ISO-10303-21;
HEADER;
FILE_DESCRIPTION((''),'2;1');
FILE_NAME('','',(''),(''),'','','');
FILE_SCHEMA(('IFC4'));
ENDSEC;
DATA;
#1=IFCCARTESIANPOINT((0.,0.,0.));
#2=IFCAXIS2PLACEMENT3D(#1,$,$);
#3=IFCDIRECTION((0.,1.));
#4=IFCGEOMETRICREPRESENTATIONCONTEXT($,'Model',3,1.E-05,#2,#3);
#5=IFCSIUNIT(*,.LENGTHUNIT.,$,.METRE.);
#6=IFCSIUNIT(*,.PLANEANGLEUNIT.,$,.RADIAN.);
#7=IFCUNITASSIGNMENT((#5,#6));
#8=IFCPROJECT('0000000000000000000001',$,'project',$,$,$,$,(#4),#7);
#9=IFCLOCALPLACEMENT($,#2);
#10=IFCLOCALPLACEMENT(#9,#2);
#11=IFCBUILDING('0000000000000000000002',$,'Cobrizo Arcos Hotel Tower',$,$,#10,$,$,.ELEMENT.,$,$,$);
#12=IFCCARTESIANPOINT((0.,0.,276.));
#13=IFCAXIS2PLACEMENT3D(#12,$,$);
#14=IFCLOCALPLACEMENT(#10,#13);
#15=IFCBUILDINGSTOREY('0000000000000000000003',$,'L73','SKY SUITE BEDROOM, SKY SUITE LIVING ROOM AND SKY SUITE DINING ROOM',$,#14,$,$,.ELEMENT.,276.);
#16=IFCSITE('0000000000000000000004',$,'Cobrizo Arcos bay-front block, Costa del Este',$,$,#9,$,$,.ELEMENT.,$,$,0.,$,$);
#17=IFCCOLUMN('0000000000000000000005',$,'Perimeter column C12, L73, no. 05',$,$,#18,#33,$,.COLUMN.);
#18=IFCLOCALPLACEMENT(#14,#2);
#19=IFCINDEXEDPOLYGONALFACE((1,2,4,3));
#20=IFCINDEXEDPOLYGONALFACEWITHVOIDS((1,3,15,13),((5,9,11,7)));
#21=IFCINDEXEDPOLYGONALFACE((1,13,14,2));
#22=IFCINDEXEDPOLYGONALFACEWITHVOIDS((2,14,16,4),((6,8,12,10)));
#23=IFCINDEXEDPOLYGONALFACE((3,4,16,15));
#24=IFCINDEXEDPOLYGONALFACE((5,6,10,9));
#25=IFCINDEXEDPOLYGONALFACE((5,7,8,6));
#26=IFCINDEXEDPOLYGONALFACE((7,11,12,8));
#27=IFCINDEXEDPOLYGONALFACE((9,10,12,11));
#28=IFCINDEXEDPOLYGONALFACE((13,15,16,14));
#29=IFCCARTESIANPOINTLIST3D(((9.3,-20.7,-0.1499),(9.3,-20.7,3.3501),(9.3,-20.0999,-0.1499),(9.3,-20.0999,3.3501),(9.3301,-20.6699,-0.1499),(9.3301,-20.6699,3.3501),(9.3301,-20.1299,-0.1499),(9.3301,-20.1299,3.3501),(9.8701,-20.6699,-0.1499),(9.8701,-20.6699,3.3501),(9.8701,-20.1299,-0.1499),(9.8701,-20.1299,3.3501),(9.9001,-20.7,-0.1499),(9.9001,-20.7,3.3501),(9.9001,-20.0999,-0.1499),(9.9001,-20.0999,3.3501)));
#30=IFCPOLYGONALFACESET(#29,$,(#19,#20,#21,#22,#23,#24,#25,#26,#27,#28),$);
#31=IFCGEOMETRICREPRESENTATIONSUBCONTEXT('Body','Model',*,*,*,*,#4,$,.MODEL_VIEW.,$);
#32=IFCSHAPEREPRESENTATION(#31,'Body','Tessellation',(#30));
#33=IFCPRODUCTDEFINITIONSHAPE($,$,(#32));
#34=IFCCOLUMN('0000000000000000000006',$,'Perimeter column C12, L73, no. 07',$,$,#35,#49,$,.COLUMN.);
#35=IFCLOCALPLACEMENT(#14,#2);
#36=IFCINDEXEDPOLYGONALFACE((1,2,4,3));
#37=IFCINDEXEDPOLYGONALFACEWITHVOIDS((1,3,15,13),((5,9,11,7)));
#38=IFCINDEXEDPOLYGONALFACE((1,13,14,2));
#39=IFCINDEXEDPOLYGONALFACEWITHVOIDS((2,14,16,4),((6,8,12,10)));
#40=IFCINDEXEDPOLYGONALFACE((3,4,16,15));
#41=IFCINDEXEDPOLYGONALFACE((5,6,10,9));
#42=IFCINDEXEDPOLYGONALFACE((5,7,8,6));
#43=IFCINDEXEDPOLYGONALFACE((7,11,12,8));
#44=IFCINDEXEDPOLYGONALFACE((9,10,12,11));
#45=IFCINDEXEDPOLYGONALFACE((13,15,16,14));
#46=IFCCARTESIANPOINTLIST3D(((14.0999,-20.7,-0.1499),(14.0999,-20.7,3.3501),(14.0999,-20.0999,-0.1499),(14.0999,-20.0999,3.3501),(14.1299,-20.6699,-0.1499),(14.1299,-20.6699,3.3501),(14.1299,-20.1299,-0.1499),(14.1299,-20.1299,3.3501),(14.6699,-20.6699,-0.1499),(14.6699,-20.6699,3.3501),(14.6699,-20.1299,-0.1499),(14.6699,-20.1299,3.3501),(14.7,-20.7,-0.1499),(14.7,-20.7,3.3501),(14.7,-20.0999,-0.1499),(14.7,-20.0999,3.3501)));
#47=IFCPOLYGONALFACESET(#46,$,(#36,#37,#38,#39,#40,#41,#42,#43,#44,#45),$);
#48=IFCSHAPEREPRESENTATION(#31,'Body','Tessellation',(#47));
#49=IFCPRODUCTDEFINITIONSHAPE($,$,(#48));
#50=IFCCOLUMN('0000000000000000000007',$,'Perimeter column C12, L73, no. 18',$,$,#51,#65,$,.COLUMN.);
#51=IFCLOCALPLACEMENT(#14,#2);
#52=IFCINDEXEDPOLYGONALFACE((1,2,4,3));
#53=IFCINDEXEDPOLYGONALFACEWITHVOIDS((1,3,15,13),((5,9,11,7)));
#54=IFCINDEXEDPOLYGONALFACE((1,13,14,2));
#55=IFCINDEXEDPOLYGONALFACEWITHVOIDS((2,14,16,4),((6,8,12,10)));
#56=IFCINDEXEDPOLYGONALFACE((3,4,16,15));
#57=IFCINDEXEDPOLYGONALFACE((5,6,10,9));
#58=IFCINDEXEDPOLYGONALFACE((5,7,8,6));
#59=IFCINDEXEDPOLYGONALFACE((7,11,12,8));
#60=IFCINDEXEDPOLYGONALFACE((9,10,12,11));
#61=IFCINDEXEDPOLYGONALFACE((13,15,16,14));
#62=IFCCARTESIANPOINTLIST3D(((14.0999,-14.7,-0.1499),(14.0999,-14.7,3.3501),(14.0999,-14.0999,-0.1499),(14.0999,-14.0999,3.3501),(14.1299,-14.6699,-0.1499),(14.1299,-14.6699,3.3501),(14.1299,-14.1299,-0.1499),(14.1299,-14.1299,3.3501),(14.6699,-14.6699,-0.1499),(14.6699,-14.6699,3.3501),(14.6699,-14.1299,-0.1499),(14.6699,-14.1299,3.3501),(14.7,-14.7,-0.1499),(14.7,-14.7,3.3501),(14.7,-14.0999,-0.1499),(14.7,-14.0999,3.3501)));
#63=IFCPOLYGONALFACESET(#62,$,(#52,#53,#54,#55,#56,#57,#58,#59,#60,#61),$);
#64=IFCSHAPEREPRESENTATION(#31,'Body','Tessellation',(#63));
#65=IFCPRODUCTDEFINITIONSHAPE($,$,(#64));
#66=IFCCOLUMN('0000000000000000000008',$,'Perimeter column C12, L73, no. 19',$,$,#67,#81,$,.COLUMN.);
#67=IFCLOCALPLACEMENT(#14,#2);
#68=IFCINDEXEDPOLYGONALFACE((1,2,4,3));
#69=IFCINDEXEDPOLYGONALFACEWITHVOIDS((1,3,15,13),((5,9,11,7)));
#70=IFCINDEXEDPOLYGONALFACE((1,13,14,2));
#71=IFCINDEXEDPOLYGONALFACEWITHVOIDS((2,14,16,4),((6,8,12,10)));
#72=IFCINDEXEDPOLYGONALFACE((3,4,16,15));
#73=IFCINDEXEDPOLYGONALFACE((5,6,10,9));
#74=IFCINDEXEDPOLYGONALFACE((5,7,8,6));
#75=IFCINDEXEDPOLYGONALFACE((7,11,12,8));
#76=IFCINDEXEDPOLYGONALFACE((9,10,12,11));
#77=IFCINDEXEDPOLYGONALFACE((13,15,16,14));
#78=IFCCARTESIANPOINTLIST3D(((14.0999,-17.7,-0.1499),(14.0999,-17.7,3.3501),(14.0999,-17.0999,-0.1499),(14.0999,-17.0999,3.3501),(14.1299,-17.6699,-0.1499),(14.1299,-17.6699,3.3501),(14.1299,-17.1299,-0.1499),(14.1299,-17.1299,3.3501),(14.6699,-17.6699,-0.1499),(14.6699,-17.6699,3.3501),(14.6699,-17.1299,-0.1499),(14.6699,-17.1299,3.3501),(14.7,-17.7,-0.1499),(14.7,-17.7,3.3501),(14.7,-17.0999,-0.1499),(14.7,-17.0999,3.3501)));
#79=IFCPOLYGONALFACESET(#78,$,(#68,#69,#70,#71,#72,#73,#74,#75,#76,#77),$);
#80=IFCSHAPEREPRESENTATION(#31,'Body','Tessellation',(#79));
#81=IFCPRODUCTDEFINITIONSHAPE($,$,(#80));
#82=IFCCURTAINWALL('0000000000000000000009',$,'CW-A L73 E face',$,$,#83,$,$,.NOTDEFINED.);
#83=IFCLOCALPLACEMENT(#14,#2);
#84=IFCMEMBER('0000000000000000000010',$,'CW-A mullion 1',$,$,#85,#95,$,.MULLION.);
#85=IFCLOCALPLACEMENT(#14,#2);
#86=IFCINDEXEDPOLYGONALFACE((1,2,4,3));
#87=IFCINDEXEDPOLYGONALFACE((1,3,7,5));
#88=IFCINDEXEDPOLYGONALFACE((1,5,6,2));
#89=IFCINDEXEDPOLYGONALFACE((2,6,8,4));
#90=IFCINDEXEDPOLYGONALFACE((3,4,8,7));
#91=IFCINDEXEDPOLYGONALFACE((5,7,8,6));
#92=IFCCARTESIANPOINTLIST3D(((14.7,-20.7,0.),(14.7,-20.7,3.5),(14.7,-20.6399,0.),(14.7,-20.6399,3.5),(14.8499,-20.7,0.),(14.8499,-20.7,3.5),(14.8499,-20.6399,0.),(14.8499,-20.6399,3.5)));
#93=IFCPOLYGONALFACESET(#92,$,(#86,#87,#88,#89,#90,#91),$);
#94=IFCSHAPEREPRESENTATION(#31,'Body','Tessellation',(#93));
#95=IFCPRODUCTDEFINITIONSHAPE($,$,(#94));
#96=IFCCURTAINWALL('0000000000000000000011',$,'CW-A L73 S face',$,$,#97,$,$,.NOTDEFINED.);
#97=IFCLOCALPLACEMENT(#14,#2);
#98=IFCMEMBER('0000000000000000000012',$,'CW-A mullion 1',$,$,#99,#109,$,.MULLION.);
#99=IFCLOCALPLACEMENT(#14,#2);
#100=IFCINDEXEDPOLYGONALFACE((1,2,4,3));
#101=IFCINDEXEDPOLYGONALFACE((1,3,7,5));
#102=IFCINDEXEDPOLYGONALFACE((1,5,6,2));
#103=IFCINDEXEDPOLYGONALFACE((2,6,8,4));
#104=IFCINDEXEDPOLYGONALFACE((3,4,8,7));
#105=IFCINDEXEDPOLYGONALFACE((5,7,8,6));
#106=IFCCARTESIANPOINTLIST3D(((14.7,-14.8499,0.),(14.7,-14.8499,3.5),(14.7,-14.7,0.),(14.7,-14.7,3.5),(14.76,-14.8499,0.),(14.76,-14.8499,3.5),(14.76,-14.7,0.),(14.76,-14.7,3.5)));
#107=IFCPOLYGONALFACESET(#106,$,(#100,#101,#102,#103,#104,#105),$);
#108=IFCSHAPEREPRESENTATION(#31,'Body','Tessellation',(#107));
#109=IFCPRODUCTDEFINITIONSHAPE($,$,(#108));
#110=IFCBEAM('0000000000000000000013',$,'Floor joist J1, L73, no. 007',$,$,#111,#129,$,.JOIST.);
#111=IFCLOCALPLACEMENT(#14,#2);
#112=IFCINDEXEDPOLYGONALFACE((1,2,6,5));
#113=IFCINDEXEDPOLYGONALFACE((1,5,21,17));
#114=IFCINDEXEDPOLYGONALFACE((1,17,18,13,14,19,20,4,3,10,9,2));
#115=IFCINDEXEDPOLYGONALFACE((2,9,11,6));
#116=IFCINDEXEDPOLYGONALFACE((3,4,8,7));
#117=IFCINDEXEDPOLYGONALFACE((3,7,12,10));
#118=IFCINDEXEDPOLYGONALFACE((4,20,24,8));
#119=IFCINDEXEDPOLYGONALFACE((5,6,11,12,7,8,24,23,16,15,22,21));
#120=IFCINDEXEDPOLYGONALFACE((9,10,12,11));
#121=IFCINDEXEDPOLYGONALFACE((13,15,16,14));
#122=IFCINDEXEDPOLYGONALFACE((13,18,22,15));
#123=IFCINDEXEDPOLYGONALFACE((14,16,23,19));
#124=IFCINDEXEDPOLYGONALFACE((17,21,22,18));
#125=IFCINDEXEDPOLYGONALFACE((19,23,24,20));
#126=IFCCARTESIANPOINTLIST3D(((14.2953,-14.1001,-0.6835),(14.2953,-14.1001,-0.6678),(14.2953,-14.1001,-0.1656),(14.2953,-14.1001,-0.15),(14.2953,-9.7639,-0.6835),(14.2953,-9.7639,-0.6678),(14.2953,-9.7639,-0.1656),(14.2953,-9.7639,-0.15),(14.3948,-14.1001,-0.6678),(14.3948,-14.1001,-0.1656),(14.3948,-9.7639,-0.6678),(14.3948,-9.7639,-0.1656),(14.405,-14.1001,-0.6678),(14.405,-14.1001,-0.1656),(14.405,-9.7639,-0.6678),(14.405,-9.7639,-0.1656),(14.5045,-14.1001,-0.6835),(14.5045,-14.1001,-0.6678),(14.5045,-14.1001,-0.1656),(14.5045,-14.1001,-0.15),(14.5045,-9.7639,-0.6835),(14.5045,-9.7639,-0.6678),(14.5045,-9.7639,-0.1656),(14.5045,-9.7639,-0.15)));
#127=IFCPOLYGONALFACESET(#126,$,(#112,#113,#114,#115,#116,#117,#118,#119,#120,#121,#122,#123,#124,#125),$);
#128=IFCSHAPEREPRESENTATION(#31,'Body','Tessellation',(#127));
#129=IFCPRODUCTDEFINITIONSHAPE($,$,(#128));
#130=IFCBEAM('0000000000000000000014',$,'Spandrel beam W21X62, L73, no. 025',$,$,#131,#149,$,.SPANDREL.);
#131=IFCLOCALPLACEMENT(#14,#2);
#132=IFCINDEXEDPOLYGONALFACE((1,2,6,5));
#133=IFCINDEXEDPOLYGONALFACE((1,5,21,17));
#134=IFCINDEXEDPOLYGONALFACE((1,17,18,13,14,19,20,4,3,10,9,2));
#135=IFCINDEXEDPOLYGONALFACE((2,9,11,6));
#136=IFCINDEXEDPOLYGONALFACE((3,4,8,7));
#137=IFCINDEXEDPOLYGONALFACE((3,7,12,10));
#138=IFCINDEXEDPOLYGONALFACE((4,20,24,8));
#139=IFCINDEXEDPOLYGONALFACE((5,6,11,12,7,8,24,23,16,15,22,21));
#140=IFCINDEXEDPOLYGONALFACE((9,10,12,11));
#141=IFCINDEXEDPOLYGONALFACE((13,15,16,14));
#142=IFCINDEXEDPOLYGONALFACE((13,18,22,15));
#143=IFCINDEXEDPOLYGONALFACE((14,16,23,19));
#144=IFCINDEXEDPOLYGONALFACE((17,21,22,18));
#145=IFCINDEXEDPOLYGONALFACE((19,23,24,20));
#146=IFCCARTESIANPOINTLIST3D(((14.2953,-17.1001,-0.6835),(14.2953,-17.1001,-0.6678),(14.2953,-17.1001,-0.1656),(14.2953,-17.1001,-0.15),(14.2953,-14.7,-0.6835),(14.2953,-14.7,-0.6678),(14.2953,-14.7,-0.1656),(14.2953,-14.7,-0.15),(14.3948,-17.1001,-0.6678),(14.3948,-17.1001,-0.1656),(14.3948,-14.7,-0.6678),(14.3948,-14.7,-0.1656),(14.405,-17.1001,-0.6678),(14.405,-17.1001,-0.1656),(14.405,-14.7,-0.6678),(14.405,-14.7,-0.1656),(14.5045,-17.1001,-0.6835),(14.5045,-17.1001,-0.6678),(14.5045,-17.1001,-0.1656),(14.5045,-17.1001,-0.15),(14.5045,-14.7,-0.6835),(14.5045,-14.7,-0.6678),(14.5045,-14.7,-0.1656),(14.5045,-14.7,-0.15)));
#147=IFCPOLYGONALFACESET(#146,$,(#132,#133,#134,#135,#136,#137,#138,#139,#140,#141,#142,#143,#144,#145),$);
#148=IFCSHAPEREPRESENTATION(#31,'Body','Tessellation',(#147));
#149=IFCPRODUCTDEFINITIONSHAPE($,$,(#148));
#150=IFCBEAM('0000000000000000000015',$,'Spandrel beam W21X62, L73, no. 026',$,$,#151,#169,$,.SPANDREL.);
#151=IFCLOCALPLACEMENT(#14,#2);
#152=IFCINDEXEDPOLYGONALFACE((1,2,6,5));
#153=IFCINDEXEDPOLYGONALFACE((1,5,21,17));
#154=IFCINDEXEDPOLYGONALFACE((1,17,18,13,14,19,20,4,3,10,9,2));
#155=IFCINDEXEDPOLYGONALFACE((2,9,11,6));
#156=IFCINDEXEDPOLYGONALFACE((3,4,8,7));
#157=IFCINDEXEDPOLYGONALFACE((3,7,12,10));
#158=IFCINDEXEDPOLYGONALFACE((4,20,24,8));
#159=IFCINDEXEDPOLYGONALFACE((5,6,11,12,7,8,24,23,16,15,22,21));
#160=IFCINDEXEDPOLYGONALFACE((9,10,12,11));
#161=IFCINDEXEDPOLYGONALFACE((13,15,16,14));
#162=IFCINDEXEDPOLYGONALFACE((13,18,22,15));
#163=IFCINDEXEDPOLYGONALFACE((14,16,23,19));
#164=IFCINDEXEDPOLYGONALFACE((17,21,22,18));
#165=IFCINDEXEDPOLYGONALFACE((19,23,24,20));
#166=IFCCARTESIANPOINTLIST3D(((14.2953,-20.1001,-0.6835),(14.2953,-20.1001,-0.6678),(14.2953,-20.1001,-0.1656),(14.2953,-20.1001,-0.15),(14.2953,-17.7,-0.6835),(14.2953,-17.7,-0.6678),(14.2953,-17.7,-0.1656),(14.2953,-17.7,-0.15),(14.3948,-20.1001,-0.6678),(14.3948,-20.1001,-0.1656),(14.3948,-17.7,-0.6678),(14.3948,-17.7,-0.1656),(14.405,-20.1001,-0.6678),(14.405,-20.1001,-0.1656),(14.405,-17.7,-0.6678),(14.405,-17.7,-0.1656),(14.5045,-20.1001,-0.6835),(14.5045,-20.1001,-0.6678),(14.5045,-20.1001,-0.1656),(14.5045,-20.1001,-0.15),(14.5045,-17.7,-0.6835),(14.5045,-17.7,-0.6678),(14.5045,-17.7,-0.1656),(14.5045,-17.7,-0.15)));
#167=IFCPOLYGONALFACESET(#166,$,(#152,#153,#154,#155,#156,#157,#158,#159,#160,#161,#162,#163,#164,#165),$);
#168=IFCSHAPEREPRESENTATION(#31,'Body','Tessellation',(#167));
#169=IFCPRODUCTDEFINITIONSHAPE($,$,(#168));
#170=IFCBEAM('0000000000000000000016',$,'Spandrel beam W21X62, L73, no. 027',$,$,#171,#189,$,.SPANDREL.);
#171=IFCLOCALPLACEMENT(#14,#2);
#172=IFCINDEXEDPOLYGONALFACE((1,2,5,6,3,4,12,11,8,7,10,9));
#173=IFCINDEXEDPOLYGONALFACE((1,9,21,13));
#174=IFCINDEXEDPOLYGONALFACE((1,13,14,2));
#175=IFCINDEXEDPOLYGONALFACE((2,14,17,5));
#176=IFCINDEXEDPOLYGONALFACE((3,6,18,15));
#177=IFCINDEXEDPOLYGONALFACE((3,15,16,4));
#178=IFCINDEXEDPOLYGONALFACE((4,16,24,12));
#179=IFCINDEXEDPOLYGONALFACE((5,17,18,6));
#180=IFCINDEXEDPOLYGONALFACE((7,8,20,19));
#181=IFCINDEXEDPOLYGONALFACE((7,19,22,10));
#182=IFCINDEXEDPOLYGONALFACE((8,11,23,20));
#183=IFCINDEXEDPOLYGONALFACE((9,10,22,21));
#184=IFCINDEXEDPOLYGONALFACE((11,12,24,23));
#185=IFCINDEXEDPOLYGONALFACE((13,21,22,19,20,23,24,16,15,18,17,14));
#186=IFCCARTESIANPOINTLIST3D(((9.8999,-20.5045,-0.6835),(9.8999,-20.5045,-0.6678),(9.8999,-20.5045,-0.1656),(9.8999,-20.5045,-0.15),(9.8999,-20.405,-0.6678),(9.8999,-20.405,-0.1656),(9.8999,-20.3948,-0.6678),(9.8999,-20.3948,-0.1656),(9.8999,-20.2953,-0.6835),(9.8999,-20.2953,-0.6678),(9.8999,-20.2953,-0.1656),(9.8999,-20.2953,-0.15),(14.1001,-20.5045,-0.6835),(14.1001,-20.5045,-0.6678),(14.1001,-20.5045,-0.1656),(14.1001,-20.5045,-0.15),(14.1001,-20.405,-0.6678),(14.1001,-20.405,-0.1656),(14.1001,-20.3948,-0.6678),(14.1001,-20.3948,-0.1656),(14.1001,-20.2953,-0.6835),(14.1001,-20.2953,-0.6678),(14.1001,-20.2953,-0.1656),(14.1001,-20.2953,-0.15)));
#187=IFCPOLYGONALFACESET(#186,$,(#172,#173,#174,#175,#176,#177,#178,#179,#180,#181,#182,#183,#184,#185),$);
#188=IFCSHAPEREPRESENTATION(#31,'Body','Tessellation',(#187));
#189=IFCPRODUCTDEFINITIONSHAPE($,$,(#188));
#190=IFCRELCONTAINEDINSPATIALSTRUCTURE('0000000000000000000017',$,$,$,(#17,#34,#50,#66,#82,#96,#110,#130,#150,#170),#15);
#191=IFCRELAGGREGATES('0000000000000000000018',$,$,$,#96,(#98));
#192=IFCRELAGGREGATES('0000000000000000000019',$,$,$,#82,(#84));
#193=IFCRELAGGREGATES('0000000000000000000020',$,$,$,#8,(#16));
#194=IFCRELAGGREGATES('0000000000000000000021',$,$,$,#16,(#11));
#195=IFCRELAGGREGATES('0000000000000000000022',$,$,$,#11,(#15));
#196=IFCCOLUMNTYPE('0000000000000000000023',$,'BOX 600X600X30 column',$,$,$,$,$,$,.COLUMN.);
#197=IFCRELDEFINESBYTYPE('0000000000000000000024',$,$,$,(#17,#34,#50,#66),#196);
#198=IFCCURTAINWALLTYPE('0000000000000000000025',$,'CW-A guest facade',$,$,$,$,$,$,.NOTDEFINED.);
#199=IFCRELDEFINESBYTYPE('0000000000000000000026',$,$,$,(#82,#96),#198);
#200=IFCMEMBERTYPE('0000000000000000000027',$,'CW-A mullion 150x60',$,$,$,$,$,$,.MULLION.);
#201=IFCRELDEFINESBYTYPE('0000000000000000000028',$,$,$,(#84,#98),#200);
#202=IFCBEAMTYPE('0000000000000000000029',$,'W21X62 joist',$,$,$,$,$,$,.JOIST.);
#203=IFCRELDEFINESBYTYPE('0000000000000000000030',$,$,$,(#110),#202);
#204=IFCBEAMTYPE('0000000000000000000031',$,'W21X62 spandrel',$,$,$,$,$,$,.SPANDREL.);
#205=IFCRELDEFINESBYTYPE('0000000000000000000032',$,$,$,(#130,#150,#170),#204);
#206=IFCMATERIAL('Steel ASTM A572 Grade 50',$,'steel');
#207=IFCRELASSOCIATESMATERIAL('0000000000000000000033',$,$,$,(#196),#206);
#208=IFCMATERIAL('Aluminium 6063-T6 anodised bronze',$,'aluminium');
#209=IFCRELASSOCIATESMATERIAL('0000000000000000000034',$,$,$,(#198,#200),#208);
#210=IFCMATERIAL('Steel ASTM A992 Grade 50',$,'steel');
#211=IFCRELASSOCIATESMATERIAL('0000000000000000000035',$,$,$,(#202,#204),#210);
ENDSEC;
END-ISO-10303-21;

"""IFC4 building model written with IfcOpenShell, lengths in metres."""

from ifc_helpers import new_model, si_unit, direction, frame, origin, origin_2d, place, context, subcontext, project, spatial, rectangle, hollow_rectangle, i_section, extrude, material, material_profile, profile_set, type_object, element, aggregate, save


model = new_model("IFC4")

# Units and contexts
model_context = context("Model", 3, precision=1e-05, world=origin(), true_north=direction((0.0, 1.0)))
body_context = subcontext(model_context, "Body", "Model", "MODEL_VIEW")
ifc_project = project(units=[si_unit("LENGTHUNIT", "METRE"), si_unit("PLANEANGLEUNIT", "RADIAN")], contexts=[model_context])

# Site, building, storey
site_placement = place(None, origin())
site = spatial("IfcSite", under=ifc_project, at=site_placement, Name="Cobrizo Arcos bay-front block, Costa del Este", CompositionType="ELEMENT", RefElevation=0.0)
building_placement = place(site_placement, origin())
building = spatial("IfcBuilding", under=site, at=building_placement, Name="Cobrizo Arcos Hotel Tower", CompositionType="ELEMENT")
storey_placement = place(building_placement, frame((0.0, 0.0, 276.0)))
storey = spatial("IfcBuildingStorey", under=building, at=storey_placement, Name="L73", Description="SKY SUITE BEDROOM, SKY SUITE LIVING ROOM AND SKY SUITE DINING ROOM", CompositionType="ELEMENT", Elevation=276.0)

# Columns
ifc_material_1 = material(Name="Steel ASTM A572 Grade 50", Category="steel")
ifc_material_profile_1 = material_profile(ifc_material_1, hollow_rectangle(XDim=0.6001, YDim=0.6001, WallThickness=0.03, at=origin_2d()), Name="BOX 600X600X30")
ifc_profile_set_1 = profile_set([ifc_material_profile_1], Name="Steel ASTM A572 Grade 50")
column_type = type_object("IfcColumnType", Name="BOX 600X600X30 column", PredefinedType="COLUMN", material=ifc_profile_set_1)
for number, where, z_axis, x_axis, name in (
    (1, (9.6001, -20.3999, -0.1499), (0.0, 0.0, 1.0), (1.0, 0.0, 0.0), "Perimeter column C12, L73, no. 05"),
    (2, (14.3999, -20.3999, -0.1499), (0.0, 0.0, 1.0), (1.0, 0.0, 0.0), "Perimeter column C12, L73, no. 07"),
    (3, (14.3999, -14.3999, -0.1499), (0.0, 0.0, 1.0), (1.0, 0.0, 0.0), "Perimeter column C12, L73, no. 18"),
    (4, (14.3999, -17.3999, -0.1499), (0.0, 0.0, 1.0), (1.0, 0.0, 0.0), "Perimeter column C12, L73, no. 19"),
):
    element("IfcColumn", number, at=place(storey_placement, frame(where, z_axis=z_axis, x_axis=x_axis)), inside=storey, type_object=column_type, Name=name, PredefinedType="COLUMN", context=body_context, shape_type="SweptSolid", body=[
        extrude(hollow_rectangle(XDim=0.6001, YDim=0.6001, WallThickness=0.03, at=origin_2d()), origin(), (0.0, 0.0, 1.0), 3.5),
    ])

# Curtain walls, members
ifc_material_2 = material(Name="Aluminium 6063-T6 anodised bronze", Category="aluminium")
curtain_wall_type = type_object("IfcCurtainWallType", Name="CW-A guest facade", PredefinedType="NOTDEFINED", material=ifc_material_2)
curtain_wall_1_placement = place(storey_placement, origin())
curtain_wall_1 = element("IfcCurtainWall", 5, at=curtain_wall_1_placement, inside=storey, type_object=curtain_wall_type, Name="CW-A L73 E face", PredefinedType="NOTDEFINED")
ifc_material_profile_2 = material_profile(ifc_material_2, rectangle(XDim=0.1499, YDim=0.0601, at=origin_2d()), Name="CW-A mullion 150x60")
ifc_profile_set_2 = profile_set([ifc_material_profile_2], Name="Aluminium 6063-T6 anodised bronze")
member_type = type_object("IfcMemberType", Name="CW-A mullion 150x60", PredefinedType="MULLION", material=ifc_profile_set_2)
member_1_placement = place(storey_placement, frame((14.7749, -20.6699, 0.0), z_axis=(0.0, 0.0, 1.0), x_axis=(1.0, 0.0, 0.0)))
member_1 = element("IfcMember", 6, at=member_1_placement, type_object=member_type, Name="CW-A mullion 1", PredefinedType="MULLION", context=body_context, shape_type="SweptSolid", body=[
    extrude(rectangle(XDim=0.1499, YDim=0.0601, at=origin_2d()), origin(), (0.0, 0.0, 1.0), 3.5),
])
curtain_wall_2_placement = place(storey_placement, origin())
curtain_wall_2 = element("IfcCurtainWall", 7, at=curtain_wall_2_placement, inside=storey, type_object=curtain_wall_type, Name="CW-A L73 S face", PredefinedType="NOTDEFINED")
member_2_placement = place(storey_placement, frame((14.73, -14.7749, 0.0), z_axis=(0.0, 0.0, 1.0), x_axis=(0.0, -1.0, 0.0)))
member_2 = element("IfcMember", 8, at=member_2_placement, type_object=member_type, Name="CW-A mullion 1", PredefinedType="MULLION", context=body_context, shape_type="SweptSolid", body=[
    extrude(rectangle(XDim=0.1499, YDim=0.0601, at=origin_2d()), origin(), (0.0, 0.0, 1.0), 3.5),
])
aggregate(curtain_wall_2, [member_2])

# Beams
ifc_material_3 = material(Name="Steel ASTM A992 Grade 50", Category="steel")
ifc_material_profile_3 = material_profile(ifc_material_3, i_section(OverallWidth=0.2092, OverallDepth=0.5334, WebThickness=0.0103, FlangeThickness=0.0156, at=origin_2d()), Name="W21X62")
ifc_profile_set_3 = profile_set([ifc_material_profile_3], Name="Steel ASTM A992 Grade 50")
beam_type_1 = type_object("IfcBeamType", Name="W21X62 joist", PredefinedType="JOIST", material=ifc_profile_set_3)
beam_1_placement = place(storey_placement, frame((14.3999, -14.1001, -0.4167), z_axis=(0.0, 1.0, 0.0), x_axis=(-1.0, 0.0, 0.0)))
element("IfcBeam", 9, at=beam_1_placement, inside=storey, type_object=beam_type_1, Name="Floor joist J1, L73, no. 007", PredefinedType="JOIST", context=body_context, shape_type="SweptSolid", body=[
    extrude(i_section(OverallWidth=0.2092, OverallDepth=0.5334, WebThickness=0.0103, FlangeThickness=0.0156, at=origin_2d()), origin(), (0.0, 0.0, 1.0), 4.3362),
])
ifc_material_profile_4 = material_profile(ifc_material_3, i_section(OverallWidth=0.2092, OverallDepth=0.5334, WebThickness=0.0103, FlangeThickness=0.0156, at=origin_2d()), Name="W21X62")
ifc_profile_set_4 = profile_set([ifc_material_profile_4], Name="Steel ASTM A992 Grade 50")
beam_type_2 = type_object("IfcBeamType", Name="W21X62 spandrel", PredefinedType="SPANDREL", material=ifc_profile_set_4)
for number, where, z_axis, x_axis, name in (
    (10, (14.3999, -14.7, -0.4167), (0.0, -1.0, 0.0), (1.0, 0.0, 0.0), "Spandrel beam W21X62, L73, no. 025"),
    (11, (14.3999, -17.7, -0.4167), (0.0, -1.0, 0.0), (1.0, 0.0, 0.0), "Spandrel beam W21X62, L73, no. 026"),
):
    element("IfcBeam", number, at=place(storey_placement, frame(where, z_axis=z_axis, x_axis=x_axis)), inside=storey, type_object=beam_type_2, Name=name, PredefinedType="SPANDREL", context=body_context, shape_type="SweptSolid", body=[
        extrude(i_section(OverallWidth=0.2092, OverallDepth=0.5334, WebThickness=0.0103, FlangeThickness=0.0156, at=origin_2d()), origin(), (0.0, 0.0, 1.0), 2.4001),
    ])
beam_2_placement = place(storey_placement, frame((14.1001, -20.3999, -0.4167), z_axis=(-1.0, 0.0, 0.0), x_axis=(0.0, -1.0, 0.0)))
element("IfcBeam", 12, at=beam_2_placement, inside=storey, type_object=beam_type_2, Name="Spandrel beam W21X62, L73, no. 027", PredefinedType="SPANDREL", context=body_context, shape_type="SweptSolid", body=[
    extrude(i_section(OverallWidth=0.2092, OverallDepth=0.5334, WebThickness=0.0103, FlangeThickness=0.0156, at=origin_2d()), origin(), (0.0, 0.0, 1.0), 4.2002),
])

aggregate(curtain_wall_1, [member_1])

save(model, "model.ifc")
